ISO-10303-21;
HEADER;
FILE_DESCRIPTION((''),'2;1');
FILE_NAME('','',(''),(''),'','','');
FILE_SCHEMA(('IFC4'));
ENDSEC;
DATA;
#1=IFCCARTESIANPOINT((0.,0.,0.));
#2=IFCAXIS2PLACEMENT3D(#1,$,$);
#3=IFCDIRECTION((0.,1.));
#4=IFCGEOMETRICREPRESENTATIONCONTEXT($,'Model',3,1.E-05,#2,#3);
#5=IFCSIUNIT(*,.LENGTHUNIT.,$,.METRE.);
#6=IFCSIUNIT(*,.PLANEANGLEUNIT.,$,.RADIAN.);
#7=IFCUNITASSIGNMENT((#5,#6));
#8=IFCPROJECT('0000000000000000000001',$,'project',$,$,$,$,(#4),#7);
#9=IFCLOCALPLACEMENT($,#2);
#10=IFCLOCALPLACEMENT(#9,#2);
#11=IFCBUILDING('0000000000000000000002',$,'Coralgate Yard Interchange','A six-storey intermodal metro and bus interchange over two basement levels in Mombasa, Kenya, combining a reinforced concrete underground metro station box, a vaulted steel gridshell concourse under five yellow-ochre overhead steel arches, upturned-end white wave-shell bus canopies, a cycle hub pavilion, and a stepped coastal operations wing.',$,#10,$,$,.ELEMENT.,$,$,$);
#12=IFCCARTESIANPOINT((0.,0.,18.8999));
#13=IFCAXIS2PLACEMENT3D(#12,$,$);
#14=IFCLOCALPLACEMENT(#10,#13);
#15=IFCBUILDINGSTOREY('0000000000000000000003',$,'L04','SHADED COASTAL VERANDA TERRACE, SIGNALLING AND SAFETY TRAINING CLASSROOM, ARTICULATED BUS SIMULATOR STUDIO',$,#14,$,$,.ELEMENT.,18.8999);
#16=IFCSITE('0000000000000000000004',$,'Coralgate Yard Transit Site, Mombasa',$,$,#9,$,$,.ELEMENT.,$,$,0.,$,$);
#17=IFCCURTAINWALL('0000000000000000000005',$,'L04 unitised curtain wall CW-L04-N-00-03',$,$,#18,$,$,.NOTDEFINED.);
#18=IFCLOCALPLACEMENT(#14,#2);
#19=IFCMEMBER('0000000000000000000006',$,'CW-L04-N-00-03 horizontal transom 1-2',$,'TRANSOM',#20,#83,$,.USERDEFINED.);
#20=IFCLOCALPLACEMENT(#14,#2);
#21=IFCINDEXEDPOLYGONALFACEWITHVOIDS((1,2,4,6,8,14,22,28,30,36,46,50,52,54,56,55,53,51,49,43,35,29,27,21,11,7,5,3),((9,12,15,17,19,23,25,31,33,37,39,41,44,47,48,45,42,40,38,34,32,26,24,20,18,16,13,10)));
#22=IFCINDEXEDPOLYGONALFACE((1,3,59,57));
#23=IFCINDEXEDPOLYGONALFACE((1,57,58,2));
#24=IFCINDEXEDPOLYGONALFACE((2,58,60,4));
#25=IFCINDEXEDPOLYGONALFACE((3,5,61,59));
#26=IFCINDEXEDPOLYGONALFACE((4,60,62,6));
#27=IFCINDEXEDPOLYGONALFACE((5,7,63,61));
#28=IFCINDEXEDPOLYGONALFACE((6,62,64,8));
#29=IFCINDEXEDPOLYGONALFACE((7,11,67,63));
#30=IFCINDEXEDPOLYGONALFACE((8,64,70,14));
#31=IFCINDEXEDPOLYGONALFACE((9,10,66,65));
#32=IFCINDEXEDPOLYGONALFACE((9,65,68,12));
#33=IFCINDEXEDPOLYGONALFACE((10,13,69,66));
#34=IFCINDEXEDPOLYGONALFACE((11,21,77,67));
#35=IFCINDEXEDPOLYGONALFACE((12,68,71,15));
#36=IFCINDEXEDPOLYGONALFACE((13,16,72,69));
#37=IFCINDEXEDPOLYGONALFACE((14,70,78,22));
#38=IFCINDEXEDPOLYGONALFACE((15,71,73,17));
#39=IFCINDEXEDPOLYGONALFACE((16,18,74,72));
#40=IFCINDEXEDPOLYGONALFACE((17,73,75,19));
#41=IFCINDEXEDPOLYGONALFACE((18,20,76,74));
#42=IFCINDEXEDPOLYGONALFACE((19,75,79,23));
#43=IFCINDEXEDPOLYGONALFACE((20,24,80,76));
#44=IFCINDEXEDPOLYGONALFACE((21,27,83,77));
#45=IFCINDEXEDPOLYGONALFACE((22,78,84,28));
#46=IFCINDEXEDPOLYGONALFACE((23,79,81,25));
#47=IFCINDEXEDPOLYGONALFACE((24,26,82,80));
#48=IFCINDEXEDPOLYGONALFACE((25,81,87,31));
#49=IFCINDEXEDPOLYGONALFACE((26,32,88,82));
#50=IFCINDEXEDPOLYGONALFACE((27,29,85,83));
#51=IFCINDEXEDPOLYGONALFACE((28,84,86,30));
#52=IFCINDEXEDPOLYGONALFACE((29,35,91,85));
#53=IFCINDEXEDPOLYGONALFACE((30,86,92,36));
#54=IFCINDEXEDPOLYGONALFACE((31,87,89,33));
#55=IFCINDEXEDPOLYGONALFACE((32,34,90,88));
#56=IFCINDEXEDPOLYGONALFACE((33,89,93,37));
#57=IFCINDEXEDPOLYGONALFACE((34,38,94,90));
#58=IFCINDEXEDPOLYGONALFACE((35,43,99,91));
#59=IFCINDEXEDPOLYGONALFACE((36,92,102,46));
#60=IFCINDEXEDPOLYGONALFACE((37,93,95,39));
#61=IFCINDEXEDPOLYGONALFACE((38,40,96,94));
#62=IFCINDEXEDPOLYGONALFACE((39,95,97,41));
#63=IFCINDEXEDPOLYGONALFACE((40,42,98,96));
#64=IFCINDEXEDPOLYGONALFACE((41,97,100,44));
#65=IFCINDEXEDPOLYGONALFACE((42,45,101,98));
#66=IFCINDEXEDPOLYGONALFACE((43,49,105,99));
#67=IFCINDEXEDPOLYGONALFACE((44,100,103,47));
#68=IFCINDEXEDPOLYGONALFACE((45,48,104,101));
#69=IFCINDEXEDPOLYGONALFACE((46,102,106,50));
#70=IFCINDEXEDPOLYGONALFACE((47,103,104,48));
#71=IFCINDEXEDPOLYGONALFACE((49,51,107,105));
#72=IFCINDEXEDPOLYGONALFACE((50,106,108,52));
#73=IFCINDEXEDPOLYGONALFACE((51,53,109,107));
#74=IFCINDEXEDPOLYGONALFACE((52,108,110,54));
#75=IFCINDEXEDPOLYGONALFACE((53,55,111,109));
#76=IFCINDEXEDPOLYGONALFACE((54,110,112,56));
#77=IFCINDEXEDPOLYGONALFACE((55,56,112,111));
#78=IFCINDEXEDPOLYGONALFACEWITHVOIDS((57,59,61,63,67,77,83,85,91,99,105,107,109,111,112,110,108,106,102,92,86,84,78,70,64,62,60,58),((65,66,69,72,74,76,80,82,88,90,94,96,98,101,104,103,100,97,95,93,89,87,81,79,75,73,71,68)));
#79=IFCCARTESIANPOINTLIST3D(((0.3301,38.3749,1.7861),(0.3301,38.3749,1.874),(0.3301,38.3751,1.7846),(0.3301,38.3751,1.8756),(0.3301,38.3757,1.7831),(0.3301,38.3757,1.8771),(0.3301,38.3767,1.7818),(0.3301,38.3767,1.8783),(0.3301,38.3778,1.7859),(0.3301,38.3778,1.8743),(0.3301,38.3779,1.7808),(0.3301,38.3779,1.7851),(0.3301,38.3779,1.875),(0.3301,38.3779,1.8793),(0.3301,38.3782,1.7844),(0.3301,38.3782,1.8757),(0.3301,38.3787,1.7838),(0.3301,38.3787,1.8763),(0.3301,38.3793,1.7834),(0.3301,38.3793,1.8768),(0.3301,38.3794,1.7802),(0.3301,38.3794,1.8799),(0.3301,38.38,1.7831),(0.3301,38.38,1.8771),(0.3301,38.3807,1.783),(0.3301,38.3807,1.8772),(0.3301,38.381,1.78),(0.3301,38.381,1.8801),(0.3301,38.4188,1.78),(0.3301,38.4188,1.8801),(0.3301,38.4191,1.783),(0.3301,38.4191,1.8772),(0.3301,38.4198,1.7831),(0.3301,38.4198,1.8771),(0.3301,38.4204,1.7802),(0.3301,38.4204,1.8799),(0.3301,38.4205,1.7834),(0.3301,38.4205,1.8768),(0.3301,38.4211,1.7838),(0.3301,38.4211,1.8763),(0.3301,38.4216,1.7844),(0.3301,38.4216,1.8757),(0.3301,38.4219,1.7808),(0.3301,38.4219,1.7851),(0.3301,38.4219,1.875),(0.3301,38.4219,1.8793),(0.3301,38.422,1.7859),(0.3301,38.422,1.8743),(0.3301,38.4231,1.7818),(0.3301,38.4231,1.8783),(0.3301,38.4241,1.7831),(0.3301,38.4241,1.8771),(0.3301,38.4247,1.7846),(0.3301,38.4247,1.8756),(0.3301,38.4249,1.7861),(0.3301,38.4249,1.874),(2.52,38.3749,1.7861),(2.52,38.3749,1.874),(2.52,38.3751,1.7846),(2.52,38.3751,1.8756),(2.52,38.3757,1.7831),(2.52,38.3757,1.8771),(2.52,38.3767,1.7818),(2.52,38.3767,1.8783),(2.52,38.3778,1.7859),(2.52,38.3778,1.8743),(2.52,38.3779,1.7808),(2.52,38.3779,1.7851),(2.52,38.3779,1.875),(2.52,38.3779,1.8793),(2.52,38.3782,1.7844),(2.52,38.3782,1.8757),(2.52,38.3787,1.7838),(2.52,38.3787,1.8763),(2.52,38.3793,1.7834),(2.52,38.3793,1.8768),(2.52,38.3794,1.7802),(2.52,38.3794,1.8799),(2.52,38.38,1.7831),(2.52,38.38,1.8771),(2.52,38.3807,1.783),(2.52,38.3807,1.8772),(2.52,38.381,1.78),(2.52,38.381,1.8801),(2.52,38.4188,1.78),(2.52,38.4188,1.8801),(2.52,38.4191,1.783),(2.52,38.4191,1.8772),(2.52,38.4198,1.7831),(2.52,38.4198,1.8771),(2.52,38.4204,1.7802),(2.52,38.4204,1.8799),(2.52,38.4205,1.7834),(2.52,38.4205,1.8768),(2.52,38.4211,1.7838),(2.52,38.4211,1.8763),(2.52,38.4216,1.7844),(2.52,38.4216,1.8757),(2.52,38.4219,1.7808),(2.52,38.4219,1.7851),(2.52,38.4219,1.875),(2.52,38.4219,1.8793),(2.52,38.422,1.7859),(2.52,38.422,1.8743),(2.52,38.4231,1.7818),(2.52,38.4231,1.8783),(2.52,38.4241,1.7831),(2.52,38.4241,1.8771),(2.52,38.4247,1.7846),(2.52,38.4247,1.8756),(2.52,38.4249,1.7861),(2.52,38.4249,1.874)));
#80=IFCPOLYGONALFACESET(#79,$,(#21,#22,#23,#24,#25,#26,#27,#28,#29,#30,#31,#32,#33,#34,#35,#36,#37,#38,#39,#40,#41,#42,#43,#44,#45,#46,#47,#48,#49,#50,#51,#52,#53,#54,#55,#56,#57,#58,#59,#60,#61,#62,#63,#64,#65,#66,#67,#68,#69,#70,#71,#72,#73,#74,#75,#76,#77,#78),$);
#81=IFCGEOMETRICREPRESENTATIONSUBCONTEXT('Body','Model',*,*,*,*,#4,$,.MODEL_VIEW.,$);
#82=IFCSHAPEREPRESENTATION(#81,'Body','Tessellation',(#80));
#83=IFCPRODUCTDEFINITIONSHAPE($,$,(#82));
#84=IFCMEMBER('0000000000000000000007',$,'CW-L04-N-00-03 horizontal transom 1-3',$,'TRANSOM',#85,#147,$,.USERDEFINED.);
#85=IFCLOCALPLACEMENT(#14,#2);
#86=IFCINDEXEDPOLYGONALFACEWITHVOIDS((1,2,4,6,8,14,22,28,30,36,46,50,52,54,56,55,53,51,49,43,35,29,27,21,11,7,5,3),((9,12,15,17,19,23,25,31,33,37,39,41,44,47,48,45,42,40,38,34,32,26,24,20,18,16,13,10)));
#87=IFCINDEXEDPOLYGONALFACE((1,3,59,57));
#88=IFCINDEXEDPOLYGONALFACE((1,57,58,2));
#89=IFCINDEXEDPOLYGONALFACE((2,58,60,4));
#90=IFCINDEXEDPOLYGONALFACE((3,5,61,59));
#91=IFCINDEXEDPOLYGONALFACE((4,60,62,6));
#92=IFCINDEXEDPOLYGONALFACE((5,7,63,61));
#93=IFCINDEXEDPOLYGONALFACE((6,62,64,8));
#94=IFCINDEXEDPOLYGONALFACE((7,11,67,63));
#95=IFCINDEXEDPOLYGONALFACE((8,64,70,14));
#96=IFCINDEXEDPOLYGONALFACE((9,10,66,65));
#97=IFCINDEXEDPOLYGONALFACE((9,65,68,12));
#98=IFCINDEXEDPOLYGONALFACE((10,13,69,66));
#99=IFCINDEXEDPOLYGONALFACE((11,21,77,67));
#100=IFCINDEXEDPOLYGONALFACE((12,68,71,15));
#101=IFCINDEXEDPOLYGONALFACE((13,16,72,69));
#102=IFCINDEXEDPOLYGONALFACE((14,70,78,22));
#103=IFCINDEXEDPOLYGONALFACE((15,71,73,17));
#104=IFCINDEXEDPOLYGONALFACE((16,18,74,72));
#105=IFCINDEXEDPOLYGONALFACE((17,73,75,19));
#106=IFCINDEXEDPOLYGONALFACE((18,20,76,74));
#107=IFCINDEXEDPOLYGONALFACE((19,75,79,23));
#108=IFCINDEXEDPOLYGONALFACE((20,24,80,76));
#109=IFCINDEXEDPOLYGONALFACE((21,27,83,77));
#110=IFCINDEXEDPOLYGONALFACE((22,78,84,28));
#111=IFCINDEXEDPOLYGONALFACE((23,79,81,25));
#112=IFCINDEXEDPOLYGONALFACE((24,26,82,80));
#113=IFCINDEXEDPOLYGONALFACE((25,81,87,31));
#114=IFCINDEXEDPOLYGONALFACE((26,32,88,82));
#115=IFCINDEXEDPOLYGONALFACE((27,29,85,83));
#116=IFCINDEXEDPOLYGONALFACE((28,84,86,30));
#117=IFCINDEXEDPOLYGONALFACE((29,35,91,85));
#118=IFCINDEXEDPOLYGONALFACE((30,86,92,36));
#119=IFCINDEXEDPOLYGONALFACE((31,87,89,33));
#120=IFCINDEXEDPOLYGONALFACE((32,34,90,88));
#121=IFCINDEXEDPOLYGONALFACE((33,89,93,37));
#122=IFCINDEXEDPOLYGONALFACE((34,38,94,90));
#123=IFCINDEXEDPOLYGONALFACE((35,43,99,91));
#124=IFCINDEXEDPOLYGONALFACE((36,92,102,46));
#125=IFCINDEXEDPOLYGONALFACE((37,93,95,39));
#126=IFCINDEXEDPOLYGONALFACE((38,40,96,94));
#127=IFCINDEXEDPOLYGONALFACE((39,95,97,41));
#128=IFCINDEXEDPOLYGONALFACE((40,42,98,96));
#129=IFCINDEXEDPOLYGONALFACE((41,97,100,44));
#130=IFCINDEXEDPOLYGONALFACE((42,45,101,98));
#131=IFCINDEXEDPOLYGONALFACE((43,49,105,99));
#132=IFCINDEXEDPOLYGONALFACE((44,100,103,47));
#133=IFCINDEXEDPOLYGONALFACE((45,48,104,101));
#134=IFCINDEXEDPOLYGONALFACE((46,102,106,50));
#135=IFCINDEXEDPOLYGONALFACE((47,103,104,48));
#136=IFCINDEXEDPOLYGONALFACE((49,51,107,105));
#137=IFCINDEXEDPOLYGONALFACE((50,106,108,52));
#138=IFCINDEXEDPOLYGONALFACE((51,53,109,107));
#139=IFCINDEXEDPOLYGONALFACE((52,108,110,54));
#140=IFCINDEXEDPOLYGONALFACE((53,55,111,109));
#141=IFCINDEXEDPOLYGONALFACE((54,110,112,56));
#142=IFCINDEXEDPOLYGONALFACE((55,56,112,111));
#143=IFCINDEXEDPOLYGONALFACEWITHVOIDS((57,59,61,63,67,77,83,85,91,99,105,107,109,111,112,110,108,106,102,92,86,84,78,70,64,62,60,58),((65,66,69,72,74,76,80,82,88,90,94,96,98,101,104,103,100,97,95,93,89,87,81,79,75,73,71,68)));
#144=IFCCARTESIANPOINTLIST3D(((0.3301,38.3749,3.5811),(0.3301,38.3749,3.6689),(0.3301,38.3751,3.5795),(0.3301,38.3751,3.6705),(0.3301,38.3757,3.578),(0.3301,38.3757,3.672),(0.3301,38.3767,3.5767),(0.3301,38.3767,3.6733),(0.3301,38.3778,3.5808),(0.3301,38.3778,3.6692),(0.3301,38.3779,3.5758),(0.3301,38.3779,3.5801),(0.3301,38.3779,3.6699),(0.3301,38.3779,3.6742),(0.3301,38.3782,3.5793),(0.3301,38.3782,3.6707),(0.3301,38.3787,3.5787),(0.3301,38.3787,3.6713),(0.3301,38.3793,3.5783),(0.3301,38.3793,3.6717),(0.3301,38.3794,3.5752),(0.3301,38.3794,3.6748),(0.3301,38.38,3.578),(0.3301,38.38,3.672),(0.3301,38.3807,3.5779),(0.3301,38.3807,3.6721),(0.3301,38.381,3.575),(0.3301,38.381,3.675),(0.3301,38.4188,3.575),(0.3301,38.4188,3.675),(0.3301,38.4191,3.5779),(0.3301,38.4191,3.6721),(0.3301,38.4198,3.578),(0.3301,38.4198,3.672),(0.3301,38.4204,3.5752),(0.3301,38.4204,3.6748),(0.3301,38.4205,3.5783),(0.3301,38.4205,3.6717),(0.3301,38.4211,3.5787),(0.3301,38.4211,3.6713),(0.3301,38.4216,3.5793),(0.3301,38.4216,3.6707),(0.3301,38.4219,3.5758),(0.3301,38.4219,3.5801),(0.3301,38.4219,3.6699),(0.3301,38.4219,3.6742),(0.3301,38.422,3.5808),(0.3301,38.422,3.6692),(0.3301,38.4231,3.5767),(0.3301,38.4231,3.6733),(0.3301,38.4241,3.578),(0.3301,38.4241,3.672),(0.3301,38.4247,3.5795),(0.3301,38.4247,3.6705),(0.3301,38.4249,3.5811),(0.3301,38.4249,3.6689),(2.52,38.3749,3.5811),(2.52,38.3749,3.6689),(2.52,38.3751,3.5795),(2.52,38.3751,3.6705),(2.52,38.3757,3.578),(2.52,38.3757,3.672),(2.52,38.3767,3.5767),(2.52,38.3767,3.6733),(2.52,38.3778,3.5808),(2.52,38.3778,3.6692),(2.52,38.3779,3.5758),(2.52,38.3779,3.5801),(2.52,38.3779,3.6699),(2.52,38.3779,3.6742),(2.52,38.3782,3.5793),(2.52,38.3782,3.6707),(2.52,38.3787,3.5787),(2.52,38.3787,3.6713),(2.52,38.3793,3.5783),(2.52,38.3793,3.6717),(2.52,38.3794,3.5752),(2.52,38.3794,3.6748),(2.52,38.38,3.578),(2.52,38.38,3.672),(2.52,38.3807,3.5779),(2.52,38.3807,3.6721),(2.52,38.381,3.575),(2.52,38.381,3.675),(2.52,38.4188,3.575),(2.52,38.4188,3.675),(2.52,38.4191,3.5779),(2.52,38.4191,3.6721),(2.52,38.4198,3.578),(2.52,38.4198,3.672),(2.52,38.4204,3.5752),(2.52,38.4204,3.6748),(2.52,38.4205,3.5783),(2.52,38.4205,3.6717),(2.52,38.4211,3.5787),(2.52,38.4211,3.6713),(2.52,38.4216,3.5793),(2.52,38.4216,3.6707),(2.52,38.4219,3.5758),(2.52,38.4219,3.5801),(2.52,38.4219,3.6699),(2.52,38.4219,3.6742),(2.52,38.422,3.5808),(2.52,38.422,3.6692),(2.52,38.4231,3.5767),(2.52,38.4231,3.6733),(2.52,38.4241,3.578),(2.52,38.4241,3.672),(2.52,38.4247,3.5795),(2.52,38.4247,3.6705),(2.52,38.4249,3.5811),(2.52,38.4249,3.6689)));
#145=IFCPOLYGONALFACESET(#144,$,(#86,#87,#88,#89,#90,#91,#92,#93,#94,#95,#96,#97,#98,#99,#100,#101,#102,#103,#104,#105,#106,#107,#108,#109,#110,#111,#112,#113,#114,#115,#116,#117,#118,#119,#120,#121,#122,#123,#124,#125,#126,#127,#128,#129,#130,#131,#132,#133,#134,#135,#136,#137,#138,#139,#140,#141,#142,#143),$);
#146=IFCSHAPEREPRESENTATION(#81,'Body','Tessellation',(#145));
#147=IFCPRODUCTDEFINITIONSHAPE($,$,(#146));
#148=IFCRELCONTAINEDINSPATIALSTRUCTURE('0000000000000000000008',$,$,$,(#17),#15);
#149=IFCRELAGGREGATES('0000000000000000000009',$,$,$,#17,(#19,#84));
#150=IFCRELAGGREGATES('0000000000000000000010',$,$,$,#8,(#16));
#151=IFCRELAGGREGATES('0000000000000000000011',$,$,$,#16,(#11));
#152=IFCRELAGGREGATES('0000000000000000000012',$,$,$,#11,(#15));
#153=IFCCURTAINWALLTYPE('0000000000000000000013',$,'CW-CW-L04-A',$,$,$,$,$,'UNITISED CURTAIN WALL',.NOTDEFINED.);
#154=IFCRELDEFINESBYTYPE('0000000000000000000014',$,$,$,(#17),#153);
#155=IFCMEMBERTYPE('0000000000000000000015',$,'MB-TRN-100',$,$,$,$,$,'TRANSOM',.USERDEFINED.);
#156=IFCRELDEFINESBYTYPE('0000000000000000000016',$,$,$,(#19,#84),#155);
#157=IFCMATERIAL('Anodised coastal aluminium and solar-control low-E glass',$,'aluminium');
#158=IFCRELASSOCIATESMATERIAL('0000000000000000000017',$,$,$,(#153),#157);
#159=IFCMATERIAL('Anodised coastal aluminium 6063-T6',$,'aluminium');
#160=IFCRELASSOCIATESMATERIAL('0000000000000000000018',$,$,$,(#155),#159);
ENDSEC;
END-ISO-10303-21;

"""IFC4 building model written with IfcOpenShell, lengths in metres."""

from ifc_helpers import new_model, si_unit, direction, frame, origin, origin_2d, place, context, subcontext, project, spatial, hollow_rectangle, extrude, material, material_profile, profile_set, type_object, element, aggregate, save


model = new_model("IFC4")

# Units and contexts
model_context = context("Model", 3, precision=1e-05, world=origin(), true_north=direction((0.0, 1.0)))
body_context = subcontext(model_context, "Body", "Model", "MODEL_VIEW")
ifc_project = project(units=[si_unit("LENGTHUNIT", "METRE"), si_unit("PLANEANGLEUNIT", "RADIAN")], contexts=[model_context])

# Site, building, storey
site_placement = place(None, origin())
site = spatial("IfcSite", under=ifc_project, at=site_placement, Name="Coralgate Yard Transit Site, Mombasa", CompositionType="ELEMENT", RefElevation=0.0)
building_placement = place(site_placement, origin())
building = spatial("IfcBuilding", under=site, at=building_placement, Name="Coralgate Yard Interchange", Description="A six-storey intermodal metro and bus interchange over two basement levels in Mombasa, Kenya, combining a reinforced concrete underground metro station box, a vaulted steel gridshell concourse under five yellow-ochre overhead steel arches, upturned-end white wave-shell bus canopies, a cycle hub pavilion, and a stepped coastal operations wing.", CompositionType="ELEMENT")
storey_placement = place(building_placement, frame((0.0, 0.0, 18.8999)))
storey = spatial("IfcBuildingStorey", under=building, at=storey_placement, Name="L04", Description="SHADED COASTAL VERANDA TERRACE, SIGNALLING AND SAFETY TRAINING CLASSROOM, ARTICULATED BUS SIMULATOR STUDIO", CompositionType="ELEMENT", Elevation=18.8999)

# Curtain wall
ifc_material_1 = material(Name="Anodised coastal aluminium and solar-control low-E glass", Category="aluminium")
curtain_wall_type = type_object("IfcCurtainWallType", Name="CW-CW-L04-A", ElementType="UNITISED CURTAIN WALL", PredefinedType="NOTDEFINED", material=ifc_material_1)
ifc_material_2 = material(Name="Anodised coastal aluminium 6063-T6", Category="aluminium")
curtain_wall_1_placement = place(storey_placement, origin())
curtain_wall_1 = element("IfcCurtainWall", 1, at=curtain_wall_1_placement, inside=storey, type_object=curtain_wall_type, Name="L04 unitised curtain wall CW-L04-N-00-03", PredefinedType="NOTDEFINED")

# Members
ifc_material_profile_1 = material_profile(ifc_material_2, hollow_rectangle(XDim=0.05, YDim=0.1001, WallThickness=0.0029, InnerFilletRadius=0.0029, OuterFilletRadius=0.0061, at=origin_2d()), Name="ALU 50x100x3")
ifc_profile_set_1 = profile_set([ifc_material_profile_1], Name="Anodised coastal aluminium 6063-T6")
member_type_1 = type_object("IfcMemberType", Name="MB-TRN-100", ElementType="TRANSOM", PredefinedType="USERDEFINED", material=ifc_profile_set_1)
member_1_placement = place(storey_placement, frame((0.3301, 38.3999, 1.8301), z_axis=(1.0, 0.0, 0.0), x_axis=(0.0, 1.0, 0.0)))
member_1 = element("IfcMember", 2, at=member_1_placement, type_object=member_type_1, Name="CW-L04-N-00-03 horizontal transom 1-2", ObjectType="TRANSOM", PredefinedType="USERDEFINED", context=body_context, shape_type="SweptSolid", body=[
    extrude(hollow_rectangle(XDim=0.05, YDim=0.1001, WallThickness=0.0029, InnerFilletRadius=0.0029, OuterFilletRadius=0.0061, at=origin_2d()), origin(), (0.0, 0.0, 1.0), 2.1899),
])
member_2_placement = place(storey_placement, frame((0.3301, 38.3999, 3.625), z_axis=(1.0, 0.0, 0.0), x_axis=(0.0, 1.0, 0.0)))
member_2 = element("IfcMember", 3, at=member_2_placement, type_object=member_type_1, Name="CW-L04-N-00-03 horizontal transom 1-3", ObjectType="TRANSOM", PredefinedType="USERDEFINED", context=body_context, shape_type="SweptSolid", body=[
    extrude(hollow_rectangle(XDim=0.05, YDim=0.1001, WallThickness=0.0029, InnerFilletRadius=0.0029, OuterFilletRadius=0.0061, at=origin_2d()), origin(), (0.0, 0.0, 1.0), 2.1899),
])

aggregate(curtain_wall_1, [member_1, member_2])

save(model, "model.ifc")
